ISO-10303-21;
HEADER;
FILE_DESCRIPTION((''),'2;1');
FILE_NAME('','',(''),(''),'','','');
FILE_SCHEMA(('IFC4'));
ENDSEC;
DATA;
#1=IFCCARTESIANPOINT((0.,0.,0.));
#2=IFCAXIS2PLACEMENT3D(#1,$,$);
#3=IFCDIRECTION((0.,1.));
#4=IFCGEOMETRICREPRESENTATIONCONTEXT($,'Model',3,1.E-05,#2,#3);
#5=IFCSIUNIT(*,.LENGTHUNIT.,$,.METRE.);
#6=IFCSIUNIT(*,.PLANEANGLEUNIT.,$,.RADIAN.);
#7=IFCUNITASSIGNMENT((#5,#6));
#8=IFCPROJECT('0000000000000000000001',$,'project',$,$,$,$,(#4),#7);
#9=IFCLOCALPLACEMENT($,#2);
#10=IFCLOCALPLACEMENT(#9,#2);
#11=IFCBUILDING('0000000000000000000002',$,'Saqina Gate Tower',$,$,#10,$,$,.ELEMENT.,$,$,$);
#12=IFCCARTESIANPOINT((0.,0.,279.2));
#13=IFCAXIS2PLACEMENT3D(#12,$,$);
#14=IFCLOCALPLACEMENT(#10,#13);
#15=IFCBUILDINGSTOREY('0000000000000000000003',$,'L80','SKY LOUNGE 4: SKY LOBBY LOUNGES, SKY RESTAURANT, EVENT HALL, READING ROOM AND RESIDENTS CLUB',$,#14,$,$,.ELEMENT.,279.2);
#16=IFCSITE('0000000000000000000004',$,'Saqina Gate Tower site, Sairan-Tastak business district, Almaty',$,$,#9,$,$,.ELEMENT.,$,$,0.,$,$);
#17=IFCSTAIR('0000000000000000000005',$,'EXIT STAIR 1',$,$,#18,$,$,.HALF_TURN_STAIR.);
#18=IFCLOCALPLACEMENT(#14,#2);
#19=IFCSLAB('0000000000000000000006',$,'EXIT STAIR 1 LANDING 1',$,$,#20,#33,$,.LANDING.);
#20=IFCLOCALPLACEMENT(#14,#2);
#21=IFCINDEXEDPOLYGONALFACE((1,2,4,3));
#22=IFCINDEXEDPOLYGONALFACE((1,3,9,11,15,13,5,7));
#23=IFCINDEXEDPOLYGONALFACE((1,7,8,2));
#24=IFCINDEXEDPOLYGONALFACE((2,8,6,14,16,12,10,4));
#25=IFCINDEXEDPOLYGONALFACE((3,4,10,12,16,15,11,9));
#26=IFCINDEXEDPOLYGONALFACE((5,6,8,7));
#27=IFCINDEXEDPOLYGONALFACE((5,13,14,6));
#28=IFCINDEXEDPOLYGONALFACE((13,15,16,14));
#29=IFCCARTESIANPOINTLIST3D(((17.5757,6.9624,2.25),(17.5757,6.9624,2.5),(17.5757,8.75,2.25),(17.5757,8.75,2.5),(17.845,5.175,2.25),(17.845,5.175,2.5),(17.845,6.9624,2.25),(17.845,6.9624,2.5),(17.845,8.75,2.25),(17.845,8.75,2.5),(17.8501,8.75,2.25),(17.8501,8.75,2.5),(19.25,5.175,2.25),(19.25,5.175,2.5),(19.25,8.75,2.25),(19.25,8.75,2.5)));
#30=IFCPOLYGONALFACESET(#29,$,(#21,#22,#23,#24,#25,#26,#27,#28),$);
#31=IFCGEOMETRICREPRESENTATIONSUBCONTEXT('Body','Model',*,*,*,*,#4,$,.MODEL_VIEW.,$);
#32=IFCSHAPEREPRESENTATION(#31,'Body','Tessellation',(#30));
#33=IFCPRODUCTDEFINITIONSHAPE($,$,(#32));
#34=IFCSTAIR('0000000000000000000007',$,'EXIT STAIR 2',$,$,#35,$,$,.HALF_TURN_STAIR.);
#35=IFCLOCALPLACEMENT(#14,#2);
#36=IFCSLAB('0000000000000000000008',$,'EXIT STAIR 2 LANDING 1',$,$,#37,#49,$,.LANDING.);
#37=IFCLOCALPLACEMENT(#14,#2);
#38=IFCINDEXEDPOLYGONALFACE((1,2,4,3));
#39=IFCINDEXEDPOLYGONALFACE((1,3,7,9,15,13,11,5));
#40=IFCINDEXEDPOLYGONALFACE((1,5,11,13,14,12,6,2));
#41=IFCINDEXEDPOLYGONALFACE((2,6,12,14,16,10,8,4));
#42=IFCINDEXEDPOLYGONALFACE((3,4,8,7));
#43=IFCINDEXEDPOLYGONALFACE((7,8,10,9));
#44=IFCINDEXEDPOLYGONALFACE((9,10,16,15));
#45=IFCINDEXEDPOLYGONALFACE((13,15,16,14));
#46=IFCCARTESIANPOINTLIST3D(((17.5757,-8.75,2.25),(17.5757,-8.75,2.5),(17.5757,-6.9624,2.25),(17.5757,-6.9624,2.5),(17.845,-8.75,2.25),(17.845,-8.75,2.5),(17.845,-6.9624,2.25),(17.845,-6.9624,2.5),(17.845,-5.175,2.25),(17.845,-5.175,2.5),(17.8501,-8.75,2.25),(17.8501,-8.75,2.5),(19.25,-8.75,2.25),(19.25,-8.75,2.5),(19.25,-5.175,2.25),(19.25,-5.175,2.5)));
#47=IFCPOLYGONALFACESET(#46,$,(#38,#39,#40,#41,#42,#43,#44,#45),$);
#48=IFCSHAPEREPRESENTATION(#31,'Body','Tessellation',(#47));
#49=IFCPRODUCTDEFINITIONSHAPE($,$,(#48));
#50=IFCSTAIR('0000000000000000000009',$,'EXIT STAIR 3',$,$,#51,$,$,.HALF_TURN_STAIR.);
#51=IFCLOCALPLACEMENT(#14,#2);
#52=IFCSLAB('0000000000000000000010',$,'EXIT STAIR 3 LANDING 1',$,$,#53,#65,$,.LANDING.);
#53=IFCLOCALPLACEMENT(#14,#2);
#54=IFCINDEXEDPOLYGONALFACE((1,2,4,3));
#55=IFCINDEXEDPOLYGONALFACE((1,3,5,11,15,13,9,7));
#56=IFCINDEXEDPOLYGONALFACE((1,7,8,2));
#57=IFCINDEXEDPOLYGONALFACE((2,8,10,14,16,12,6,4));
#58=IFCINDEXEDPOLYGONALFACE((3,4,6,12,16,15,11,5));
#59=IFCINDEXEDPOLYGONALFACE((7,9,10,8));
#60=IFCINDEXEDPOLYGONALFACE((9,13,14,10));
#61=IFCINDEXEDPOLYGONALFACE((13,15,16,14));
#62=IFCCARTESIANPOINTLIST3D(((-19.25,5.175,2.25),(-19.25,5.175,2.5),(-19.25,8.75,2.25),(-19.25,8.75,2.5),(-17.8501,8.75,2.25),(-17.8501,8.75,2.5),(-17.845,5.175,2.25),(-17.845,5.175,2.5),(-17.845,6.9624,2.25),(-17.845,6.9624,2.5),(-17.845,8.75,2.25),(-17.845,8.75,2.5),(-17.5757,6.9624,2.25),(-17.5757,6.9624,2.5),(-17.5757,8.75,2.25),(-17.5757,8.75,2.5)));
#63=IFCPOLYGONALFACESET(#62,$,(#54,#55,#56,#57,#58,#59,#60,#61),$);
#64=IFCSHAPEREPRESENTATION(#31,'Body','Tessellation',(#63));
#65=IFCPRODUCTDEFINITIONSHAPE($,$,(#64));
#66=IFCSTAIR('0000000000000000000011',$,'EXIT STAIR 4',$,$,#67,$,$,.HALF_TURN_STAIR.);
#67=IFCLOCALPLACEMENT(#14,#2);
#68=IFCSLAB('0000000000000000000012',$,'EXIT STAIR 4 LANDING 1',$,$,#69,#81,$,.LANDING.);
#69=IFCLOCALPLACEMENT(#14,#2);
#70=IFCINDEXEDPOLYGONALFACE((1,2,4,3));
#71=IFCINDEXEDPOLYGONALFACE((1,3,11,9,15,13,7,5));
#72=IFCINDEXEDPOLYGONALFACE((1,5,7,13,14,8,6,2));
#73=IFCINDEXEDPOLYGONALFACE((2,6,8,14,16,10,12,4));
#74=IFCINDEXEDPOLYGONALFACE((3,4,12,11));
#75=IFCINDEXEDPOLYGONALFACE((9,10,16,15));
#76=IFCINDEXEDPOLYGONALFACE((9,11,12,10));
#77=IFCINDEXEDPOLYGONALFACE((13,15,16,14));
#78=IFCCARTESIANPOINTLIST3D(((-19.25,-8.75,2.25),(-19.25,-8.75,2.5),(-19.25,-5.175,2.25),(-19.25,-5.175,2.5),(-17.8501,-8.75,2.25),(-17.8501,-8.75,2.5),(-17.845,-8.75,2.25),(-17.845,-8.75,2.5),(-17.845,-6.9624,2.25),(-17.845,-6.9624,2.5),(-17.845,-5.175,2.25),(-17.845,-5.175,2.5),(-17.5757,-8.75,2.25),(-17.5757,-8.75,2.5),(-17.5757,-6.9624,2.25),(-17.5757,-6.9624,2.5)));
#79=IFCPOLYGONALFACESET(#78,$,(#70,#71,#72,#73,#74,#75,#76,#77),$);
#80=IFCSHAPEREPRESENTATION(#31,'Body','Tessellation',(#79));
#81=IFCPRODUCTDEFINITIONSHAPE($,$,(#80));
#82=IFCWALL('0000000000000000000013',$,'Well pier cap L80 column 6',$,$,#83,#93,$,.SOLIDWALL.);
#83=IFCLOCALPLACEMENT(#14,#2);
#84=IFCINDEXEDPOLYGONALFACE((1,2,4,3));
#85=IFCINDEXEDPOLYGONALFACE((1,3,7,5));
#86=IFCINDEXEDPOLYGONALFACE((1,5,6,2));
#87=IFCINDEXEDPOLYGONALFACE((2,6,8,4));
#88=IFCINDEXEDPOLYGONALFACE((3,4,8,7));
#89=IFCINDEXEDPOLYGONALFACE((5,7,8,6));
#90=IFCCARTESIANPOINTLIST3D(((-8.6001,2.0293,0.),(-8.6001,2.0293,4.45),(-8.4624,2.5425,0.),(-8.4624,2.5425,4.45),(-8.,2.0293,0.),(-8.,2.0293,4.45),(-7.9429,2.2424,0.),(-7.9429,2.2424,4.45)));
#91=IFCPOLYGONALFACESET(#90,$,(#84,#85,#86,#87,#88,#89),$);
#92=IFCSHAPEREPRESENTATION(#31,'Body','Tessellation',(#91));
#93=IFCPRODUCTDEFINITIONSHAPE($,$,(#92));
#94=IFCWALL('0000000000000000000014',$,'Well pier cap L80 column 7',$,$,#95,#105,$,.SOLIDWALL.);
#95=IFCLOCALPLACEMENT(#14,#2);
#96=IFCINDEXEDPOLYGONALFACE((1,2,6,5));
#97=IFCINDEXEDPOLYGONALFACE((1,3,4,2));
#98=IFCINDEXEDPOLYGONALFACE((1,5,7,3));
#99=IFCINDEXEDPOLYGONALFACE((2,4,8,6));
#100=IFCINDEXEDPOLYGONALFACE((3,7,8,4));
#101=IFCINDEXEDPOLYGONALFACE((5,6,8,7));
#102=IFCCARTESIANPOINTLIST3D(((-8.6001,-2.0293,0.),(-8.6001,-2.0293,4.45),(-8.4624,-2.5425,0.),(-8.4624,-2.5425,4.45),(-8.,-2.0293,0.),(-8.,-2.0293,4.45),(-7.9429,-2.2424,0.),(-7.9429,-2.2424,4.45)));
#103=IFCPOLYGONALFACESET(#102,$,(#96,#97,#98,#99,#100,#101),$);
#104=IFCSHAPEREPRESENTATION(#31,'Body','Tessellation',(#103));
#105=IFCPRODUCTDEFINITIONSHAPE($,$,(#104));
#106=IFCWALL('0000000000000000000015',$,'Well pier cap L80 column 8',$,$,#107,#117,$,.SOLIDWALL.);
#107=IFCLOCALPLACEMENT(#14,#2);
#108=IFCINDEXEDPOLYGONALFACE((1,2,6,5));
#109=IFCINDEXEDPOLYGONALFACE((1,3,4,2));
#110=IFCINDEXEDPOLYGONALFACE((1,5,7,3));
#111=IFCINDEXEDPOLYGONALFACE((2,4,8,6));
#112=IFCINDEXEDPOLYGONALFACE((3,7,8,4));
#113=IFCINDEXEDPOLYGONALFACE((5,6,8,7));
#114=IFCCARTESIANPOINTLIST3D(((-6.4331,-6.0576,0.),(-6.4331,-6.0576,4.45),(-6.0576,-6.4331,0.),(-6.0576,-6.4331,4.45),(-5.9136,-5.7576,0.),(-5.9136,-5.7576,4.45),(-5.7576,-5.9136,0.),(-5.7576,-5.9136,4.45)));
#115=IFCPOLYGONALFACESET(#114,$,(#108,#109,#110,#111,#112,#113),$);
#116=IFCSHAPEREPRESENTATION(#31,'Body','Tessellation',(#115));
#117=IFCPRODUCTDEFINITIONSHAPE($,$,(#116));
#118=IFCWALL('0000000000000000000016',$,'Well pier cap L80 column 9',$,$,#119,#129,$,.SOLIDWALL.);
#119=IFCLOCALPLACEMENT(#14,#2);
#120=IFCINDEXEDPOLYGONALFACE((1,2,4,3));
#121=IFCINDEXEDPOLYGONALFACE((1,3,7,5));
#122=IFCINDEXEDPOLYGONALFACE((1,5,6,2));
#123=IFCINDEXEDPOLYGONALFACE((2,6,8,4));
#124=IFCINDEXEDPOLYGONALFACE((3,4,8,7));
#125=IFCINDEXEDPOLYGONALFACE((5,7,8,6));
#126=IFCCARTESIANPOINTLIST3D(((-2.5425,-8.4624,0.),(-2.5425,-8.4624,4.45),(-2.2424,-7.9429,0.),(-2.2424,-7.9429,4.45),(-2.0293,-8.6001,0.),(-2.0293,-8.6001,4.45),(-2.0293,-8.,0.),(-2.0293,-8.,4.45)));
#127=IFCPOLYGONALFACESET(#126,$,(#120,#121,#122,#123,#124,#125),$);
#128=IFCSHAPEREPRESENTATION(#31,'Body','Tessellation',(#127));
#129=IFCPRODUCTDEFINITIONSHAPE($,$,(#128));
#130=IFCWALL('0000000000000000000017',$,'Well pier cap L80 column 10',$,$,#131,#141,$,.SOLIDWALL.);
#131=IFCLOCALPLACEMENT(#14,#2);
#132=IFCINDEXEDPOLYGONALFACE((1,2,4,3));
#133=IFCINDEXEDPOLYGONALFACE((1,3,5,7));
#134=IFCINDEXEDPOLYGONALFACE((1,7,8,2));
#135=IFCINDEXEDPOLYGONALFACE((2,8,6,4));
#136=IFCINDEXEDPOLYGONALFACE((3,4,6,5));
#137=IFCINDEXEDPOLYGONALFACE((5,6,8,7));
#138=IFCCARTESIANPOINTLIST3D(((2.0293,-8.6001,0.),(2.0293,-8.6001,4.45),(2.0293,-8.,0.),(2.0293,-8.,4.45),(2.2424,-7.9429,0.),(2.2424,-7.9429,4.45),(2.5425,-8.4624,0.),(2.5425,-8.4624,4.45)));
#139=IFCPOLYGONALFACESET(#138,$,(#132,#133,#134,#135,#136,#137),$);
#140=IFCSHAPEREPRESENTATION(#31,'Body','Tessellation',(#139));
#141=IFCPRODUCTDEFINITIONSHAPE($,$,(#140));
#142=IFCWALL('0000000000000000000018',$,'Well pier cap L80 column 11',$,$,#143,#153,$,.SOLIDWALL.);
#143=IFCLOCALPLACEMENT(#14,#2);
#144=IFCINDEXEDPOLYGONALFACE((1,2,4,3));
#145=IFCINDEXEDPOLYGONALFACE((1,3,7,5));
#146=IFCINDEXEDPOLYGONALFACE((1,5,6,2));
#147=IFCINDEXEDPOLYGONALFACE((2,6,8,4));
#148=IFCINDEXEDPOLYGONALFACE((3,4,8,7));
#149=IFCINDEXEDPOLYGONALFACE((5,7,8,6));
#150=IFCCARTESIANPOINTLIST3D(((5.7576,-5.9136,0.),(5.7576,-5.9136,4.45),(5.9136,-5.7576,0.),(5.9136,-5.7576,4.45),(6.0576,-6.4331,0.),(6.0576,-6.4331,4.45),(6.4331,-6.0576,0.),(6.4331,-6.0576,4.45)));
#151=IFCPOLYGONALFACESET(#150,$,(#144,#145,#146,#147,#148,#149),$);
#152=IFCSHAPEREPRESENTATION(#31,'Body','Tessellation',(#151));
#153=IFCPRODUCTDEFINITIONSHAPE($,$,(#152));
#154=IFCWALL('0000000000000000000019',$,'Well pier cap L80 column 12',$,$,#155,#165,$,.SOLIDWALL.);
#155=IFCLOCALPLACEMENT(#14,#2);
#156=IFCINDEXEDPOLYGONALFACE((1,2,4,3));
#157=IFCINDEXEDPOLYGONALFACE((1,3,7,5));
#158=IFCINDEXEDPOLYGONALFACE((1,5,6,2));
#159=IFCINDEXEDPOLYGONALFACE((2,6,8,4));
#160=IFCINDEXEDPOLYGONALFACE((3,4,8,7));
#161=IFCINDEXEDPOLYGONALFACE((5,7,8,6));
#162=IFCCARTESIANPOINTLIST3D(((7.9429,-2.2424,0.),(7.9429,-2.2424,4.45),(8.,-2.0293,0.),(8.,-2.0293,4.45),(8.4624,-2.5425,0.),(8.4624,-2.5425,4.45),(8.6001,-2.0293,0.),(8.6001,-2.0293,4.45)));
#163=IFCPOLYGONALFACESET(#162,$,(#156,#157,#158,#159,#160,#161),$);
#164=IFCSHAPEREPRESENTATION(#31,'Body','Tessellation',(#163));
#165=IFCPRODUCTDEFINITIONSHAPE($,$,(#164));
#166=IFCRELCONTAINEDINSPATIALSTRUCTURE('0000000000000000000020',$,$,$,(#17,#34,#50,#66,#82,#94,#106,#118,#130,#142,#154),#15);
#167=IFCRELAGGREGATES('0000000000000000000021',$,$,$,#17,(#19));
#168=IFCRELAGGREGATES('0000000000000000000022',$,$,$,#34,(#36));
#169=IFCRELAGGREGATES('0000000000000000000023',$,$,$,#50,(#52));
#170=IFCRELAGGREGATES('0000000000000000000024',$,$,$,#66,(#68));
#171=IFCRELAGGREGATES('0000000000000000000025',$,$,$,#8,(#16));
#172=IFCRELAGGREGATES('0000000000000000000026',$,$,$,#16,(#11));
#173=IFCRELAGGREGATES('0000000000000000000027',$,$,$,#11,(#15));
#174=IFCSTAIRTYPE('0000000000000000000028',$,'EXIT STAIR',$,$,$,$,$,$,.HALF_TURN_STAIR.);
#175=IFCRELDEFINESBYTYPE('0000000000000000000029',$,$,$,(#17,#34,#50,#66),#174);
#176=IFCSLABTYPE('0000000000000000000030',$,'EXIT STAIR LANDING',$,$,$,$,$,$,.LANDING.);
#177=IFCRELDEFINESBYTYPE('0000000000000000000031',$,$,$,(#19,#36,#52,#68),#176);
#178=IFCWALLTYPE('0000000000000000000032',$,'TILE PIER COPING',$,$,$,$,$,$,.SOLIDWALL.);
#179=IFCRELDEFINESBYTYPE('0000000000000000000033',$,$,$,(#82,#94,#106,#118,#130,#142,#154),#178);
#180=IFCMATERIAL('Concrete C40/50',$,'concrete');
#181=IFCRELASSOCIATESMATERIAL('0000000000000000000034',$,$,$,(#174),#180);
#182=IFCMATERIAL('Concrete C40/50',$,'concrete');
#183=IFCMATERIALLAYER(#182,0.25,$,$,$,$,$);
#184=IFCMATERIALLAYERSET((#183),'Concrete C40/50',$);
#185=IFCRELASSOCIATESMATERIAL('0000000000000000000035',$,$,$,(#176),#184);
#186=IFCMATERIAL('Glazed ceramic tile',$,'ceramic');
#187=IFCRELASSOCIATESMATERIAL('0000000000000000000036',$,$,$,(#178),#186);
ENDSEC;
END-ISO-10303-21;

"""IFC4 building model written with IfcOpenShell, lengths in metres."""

from ifc_helpers import new_model, si_unit, direction, frame, origin, place, context, subcontext, project, spatial, polyline, outline, extrude, material, layer, layer_set, type_object, element, aggregate, save


model = new_model("IFC4")

# Units and contexts
model_context = context("Model", 3, precision=1e-05, world=origin(), true_north=direction((0.0, 1.0)))
body_context = subcontext(model_context, "Body", "Model", "MODEL_VIEW")
ifc_project = project(units=[si_unit("LENGTHUNIT", "METRE"), si_unit("PLANEANGLEUNIT", "RADIAN")], contexts=[model_context])

# Site, building, storey
site_placement = place(None, origin())
site = spatial("IfcSite", under=ifc_project, at=site_placement, Name="Saqina Gate Tower site, Sairan-Tastak business district, Almaty", CompositionType="ELEMENT", RefElevation=0.0)
building_placement = place(site_placement, origin())
building = spatial("IfcBuilding", under=site, at=building_placement, Name="Saqina Gate Tower", CompositionType="ELEMENT")
storey_placement = place(building_placement, frame((0.0, 0.0, 279.2)))
storey = spatial("IfcBuildingStorey", under=building, at=storey_placement, Name="L80", Description="SKY LOUNGE 4: SKY LOBBY LOUNGES, SKY RESTAURANT, EVENT HALL, READING ROOM AND RESIDENTS CLUB", CompositionType="ELEMENT", Elevation=279.2)

# Stairs, slabs
ifc_material_1 = material(Name="Concrete C40/50", Category="concrete")
stair_type = type_object("IfcStairType", Name="EXIT STAIR", PredefinedType="HALF_TURN_STAIR", material=ifc_material_1)
stair_1_placement = place(storey_placement, origin())
stair_1 = element("IfcStair", 1, at=stair_1_placement, inside=storey, type_object=stair_type, Name="EXIT STAIR 1", PredefinedType="HALF_TURN_STAIR")
ifc_material_2 = material(Name="Concrete C40/50", Category="concrete")
ifc_layer_1 = layer(ifc_material_2, 0.25)
ifc_layer_set_1 = layer_set([ifc_layer_1], Name="Concrete C40/50")
slab_type = type_object("IfcSlabType", Name="EXIT STAIR LANDING", PredefinedType="LANDING", material=ifc_layer_set_1)
slab_1_placement = place(storey_placement, frame((0.0, 0.0, 2.25)))
slab_1 = element("IfcSlab", 2, at=slab_1_placement, type_object=slab_type, Name="EXIT STAIR 1 LANDING 1", PredefinedType="LANDING", context=body_context, shape_type="SweptSolid", body=[
    extrude(outline(polyline([(19.25, 8.75), (19.25, 5.175), (17.845, 5.175), (17.845, 6.9624), (17.5757, 6.9624), (17.5757, 8.75), (17.845, 8.75), (17.8501, 8.75), (19.25, 8.75)])), origin(), (0.0, 0.0, 1.0), 0.25),
])
aggregate(stair_1, [slab_1])
stair_2_placement = place(storey_placement, origin())
stair_2 = element("IfcStair", 3, at=stair_2_placement, inside=storey, type_object=stair_type, Name="EXIT STAIR 2", PredefinedType="HALF_TURN_STAIR")
slab_2_placement = place(storey_placement, frame((0.0, 0.0, 2.25)))
slab_2 = element("IfcSlab", 4, at=slab_2_placement, type_object=slab_type, Name="EXIT STAIR 2 LANDING 1", PredefinedType="LANDING", context=body_context, shape_type="SweptSolid", body=[
    extrude(outline(polyline([(17.5757, -8.75), (17.5757, -6.9624), (17.845, -6.9624), (17.845, -5.175), (19.25, -5.175), (19.25, -8.75), (17.8501, -8.75), (17.845, -8.75), (17.5757, -8.75)])), origin(), (0.0, 0.0, 1.0), 0.25),
])
aggregate(stair_2, [slab_2])
stair_3_placement = place(storey_placement, origin())
stair_3 = element("IfcStair", 5, at=stair_3_placement, inside=storey, type_object=stair_type, Name="EXIT STAIR 3", PredefinedType="HALF_TURN_STAIR")
slab_3_placement = place(storey_placement, frame((0.0, 0.0, 2.25)))
slab_3 = element("IfcSlab", 6, at=slab_3_placement, type_object=slab_type, Name="EXIT STAIR 3 LANDING 1", PredefinedType="LANDING", context=body_context, shape_type="SweptSolid", body=[
    extrude(outline(polyline([(-17.845, 5.175), (-19.25, 5.175), (-19.25, 8.75), (-17.8501, 8.75), (-17.845, 8.75), (-17.5757, 8.75), (-17.5757, 6.9624), (-17.845, 6.9624), (-17.845, 5.175)])), origin(), (0.0, 0.0, 1.0), 0.25),
])
aggregate(stair_3, [slab_3])
stair_4_placement = place(storey_placement, origin())
stair_4 = element("IfcStair", 7, at=stair_4_placement, inside=storey, type_object=stair_type, Name="EXIT STAIR 4", PredefinedType="HALF_TURN_STAIR")
slab_4_placement = place(storey_placement, frame((0.0, 0.0, 2.25)))
slab_4 = element("IfcSlab", 8, at=slab_4_placement, type_object=slab_type, Name="EXIT STAIR 4 LANDING 1", PredefinedType="LANDING", context=body_context, shape_type="SweptSolid", body=[
    extrude(outline(polyline([(-17.5757, -6.9624), (-17.5757, -8.75), (-17.845, -8.75), (-17.8501, -8.75), (-19.25, -8.75), (-19.25, -5.175), (-17.845, -5.175), (-17.845, -6.9624), (-17.5757, -6.9624)])), origin(), (0.0, 0.0, 1.0), 0.25),
])
aggregate(stair_4, [slab_4])

# Walls
ifc_material_3 = material(Name="Glazed ceramic tile", Category="ceramic")
wall_type = type_object("IfcWallType", Name="TILE PIER COPING", PredefinedType="SOLIDWALL", material=ifc_material_3)
wall_1_placement = place(storey_placement, origin())
element("IfcWall", 9, at=wall_1_placement, inside=storey, type_object=wall_type, Name="Well pier cap L80 column 6", PredefinedType="SOLIDWALL", context=body_context, shape_type="SweptSolid", body=[
    extrude(outline(polyline([(-8.6001, 2.0293), (-8.0, 2.0293), (-7.9429, 2.2424), (-8.4624, 2.5425), (-8.6001, 2.0293)])), origin(), (0.0, 0.0, 1.0), 4.45),
])
wall_2_placement = place(storey_placement, origin())
element("IfcWall", 10, at=wall_2_placement, inside=storey, type_object=wall_type, Name="Well pier cap L80 column 7", PredefinedType="SOLIDWALL", context=body_context, shape_type="SweptSolid", body=[
    extrude(outline(polyline([(-8.4624, -2.5425), (-7.9429, -2.2424), (-8.0, -2.0293), (-8.6001, -2.0293), (-8.4624, -2.5425)])), origin(), (0.0, 0.0, 1.0), 4.45),
])
wall_3_placement = place(storey_placement, origin())
element("IfcWall", 11, at=wall_3_placement, inside=storey, type_object=wall_type, Name="Well pier cap L80 column 8", PredefinedType="SOLIDWALL", context=body_context, shape_type="SweptSolid", body=[
    extrude(outline(polyline([(-6.0576, -6.4331), (-5.7576, -5.9136), (-5.9136, -5.7576), (-6.4331, -6.0576), (-6.0576, -6.4331)])), origin(), (0.0, 0.0, 1.0), 4.45),
])
wall_4_placement = place(storey_placement, origin())
element("IfcWall", 12, at=wall_4_placement, inside=storey, type_object=wall_type, Name="Well pier cap L80 column 9", PredefinedType="SOLIDWALL", context=body_context, shape_type="SweptSolid", body=[
    extrude(outline(polyline([(-2.0293, -8.6001), (-2.0293, -8.0), (-2.2424, -7.9429), (-2.5425, -8.4624), (-2.0293, -8.6001)])), origin(), (0.0, 0.0, 1.0), 4.45),
])
wall_5_placement = place(storey_placement, origin())
element("IfcWall", 13, at=wall_5_placement, inside=storey, type_object=wall_type, Name="Well pier cap L80 column 10", PredefinedType="SOLIDWALL", context=body_context, shape_type="SweptSolid", body=[
    extrude(outline(polyline([(2.5425, -8.4624), (2.2424, -7.9429), (2.0293, -8.0), (2.0293, -8.6001), (2.5425, -8.4624)])), origin(), (0.0, 0.0, 1.0), 4.45),
])
wall_6_placement = place(storey_placement, origin())
element("IfcWall", 14, at=wall_6_placement, inside=storey, type_object=wall_type, Name="Well pier cap L80 column 11", PredefinedType="SOLIDWALL", context=body_context, shape_type="SweptSolid", body=[
    extrude(outline(polyline([(6.4331, -6.0576), (5.9136, -5.7576), (5.7576, -5.9136), (6.0576, -6.4331), (6.4331, -6.0576)])), origin(), (0.0, 0.0, 1.0), 4.45),
])
wall_7_placement = place(storey_placement, origin())
element("IfcWall", 15, at=wall_7_placement, inside=storey, type_object=wall_type, Name="Well pier cap L80 column 12", PredefinedType="SOLIDWALL", context=body_context, shape_type="SweptSolid", body=[
    extrude(outline(polyline([(8.6001, -2.0293), (8.0, -2.0293), (7.9429, -2.2424), (8.4624, -2.5425), (8.6001, -2.0293)])), origin(), (0.0, 0.0, 1.0), 4.45),
])

save(model, "model.ifc")
